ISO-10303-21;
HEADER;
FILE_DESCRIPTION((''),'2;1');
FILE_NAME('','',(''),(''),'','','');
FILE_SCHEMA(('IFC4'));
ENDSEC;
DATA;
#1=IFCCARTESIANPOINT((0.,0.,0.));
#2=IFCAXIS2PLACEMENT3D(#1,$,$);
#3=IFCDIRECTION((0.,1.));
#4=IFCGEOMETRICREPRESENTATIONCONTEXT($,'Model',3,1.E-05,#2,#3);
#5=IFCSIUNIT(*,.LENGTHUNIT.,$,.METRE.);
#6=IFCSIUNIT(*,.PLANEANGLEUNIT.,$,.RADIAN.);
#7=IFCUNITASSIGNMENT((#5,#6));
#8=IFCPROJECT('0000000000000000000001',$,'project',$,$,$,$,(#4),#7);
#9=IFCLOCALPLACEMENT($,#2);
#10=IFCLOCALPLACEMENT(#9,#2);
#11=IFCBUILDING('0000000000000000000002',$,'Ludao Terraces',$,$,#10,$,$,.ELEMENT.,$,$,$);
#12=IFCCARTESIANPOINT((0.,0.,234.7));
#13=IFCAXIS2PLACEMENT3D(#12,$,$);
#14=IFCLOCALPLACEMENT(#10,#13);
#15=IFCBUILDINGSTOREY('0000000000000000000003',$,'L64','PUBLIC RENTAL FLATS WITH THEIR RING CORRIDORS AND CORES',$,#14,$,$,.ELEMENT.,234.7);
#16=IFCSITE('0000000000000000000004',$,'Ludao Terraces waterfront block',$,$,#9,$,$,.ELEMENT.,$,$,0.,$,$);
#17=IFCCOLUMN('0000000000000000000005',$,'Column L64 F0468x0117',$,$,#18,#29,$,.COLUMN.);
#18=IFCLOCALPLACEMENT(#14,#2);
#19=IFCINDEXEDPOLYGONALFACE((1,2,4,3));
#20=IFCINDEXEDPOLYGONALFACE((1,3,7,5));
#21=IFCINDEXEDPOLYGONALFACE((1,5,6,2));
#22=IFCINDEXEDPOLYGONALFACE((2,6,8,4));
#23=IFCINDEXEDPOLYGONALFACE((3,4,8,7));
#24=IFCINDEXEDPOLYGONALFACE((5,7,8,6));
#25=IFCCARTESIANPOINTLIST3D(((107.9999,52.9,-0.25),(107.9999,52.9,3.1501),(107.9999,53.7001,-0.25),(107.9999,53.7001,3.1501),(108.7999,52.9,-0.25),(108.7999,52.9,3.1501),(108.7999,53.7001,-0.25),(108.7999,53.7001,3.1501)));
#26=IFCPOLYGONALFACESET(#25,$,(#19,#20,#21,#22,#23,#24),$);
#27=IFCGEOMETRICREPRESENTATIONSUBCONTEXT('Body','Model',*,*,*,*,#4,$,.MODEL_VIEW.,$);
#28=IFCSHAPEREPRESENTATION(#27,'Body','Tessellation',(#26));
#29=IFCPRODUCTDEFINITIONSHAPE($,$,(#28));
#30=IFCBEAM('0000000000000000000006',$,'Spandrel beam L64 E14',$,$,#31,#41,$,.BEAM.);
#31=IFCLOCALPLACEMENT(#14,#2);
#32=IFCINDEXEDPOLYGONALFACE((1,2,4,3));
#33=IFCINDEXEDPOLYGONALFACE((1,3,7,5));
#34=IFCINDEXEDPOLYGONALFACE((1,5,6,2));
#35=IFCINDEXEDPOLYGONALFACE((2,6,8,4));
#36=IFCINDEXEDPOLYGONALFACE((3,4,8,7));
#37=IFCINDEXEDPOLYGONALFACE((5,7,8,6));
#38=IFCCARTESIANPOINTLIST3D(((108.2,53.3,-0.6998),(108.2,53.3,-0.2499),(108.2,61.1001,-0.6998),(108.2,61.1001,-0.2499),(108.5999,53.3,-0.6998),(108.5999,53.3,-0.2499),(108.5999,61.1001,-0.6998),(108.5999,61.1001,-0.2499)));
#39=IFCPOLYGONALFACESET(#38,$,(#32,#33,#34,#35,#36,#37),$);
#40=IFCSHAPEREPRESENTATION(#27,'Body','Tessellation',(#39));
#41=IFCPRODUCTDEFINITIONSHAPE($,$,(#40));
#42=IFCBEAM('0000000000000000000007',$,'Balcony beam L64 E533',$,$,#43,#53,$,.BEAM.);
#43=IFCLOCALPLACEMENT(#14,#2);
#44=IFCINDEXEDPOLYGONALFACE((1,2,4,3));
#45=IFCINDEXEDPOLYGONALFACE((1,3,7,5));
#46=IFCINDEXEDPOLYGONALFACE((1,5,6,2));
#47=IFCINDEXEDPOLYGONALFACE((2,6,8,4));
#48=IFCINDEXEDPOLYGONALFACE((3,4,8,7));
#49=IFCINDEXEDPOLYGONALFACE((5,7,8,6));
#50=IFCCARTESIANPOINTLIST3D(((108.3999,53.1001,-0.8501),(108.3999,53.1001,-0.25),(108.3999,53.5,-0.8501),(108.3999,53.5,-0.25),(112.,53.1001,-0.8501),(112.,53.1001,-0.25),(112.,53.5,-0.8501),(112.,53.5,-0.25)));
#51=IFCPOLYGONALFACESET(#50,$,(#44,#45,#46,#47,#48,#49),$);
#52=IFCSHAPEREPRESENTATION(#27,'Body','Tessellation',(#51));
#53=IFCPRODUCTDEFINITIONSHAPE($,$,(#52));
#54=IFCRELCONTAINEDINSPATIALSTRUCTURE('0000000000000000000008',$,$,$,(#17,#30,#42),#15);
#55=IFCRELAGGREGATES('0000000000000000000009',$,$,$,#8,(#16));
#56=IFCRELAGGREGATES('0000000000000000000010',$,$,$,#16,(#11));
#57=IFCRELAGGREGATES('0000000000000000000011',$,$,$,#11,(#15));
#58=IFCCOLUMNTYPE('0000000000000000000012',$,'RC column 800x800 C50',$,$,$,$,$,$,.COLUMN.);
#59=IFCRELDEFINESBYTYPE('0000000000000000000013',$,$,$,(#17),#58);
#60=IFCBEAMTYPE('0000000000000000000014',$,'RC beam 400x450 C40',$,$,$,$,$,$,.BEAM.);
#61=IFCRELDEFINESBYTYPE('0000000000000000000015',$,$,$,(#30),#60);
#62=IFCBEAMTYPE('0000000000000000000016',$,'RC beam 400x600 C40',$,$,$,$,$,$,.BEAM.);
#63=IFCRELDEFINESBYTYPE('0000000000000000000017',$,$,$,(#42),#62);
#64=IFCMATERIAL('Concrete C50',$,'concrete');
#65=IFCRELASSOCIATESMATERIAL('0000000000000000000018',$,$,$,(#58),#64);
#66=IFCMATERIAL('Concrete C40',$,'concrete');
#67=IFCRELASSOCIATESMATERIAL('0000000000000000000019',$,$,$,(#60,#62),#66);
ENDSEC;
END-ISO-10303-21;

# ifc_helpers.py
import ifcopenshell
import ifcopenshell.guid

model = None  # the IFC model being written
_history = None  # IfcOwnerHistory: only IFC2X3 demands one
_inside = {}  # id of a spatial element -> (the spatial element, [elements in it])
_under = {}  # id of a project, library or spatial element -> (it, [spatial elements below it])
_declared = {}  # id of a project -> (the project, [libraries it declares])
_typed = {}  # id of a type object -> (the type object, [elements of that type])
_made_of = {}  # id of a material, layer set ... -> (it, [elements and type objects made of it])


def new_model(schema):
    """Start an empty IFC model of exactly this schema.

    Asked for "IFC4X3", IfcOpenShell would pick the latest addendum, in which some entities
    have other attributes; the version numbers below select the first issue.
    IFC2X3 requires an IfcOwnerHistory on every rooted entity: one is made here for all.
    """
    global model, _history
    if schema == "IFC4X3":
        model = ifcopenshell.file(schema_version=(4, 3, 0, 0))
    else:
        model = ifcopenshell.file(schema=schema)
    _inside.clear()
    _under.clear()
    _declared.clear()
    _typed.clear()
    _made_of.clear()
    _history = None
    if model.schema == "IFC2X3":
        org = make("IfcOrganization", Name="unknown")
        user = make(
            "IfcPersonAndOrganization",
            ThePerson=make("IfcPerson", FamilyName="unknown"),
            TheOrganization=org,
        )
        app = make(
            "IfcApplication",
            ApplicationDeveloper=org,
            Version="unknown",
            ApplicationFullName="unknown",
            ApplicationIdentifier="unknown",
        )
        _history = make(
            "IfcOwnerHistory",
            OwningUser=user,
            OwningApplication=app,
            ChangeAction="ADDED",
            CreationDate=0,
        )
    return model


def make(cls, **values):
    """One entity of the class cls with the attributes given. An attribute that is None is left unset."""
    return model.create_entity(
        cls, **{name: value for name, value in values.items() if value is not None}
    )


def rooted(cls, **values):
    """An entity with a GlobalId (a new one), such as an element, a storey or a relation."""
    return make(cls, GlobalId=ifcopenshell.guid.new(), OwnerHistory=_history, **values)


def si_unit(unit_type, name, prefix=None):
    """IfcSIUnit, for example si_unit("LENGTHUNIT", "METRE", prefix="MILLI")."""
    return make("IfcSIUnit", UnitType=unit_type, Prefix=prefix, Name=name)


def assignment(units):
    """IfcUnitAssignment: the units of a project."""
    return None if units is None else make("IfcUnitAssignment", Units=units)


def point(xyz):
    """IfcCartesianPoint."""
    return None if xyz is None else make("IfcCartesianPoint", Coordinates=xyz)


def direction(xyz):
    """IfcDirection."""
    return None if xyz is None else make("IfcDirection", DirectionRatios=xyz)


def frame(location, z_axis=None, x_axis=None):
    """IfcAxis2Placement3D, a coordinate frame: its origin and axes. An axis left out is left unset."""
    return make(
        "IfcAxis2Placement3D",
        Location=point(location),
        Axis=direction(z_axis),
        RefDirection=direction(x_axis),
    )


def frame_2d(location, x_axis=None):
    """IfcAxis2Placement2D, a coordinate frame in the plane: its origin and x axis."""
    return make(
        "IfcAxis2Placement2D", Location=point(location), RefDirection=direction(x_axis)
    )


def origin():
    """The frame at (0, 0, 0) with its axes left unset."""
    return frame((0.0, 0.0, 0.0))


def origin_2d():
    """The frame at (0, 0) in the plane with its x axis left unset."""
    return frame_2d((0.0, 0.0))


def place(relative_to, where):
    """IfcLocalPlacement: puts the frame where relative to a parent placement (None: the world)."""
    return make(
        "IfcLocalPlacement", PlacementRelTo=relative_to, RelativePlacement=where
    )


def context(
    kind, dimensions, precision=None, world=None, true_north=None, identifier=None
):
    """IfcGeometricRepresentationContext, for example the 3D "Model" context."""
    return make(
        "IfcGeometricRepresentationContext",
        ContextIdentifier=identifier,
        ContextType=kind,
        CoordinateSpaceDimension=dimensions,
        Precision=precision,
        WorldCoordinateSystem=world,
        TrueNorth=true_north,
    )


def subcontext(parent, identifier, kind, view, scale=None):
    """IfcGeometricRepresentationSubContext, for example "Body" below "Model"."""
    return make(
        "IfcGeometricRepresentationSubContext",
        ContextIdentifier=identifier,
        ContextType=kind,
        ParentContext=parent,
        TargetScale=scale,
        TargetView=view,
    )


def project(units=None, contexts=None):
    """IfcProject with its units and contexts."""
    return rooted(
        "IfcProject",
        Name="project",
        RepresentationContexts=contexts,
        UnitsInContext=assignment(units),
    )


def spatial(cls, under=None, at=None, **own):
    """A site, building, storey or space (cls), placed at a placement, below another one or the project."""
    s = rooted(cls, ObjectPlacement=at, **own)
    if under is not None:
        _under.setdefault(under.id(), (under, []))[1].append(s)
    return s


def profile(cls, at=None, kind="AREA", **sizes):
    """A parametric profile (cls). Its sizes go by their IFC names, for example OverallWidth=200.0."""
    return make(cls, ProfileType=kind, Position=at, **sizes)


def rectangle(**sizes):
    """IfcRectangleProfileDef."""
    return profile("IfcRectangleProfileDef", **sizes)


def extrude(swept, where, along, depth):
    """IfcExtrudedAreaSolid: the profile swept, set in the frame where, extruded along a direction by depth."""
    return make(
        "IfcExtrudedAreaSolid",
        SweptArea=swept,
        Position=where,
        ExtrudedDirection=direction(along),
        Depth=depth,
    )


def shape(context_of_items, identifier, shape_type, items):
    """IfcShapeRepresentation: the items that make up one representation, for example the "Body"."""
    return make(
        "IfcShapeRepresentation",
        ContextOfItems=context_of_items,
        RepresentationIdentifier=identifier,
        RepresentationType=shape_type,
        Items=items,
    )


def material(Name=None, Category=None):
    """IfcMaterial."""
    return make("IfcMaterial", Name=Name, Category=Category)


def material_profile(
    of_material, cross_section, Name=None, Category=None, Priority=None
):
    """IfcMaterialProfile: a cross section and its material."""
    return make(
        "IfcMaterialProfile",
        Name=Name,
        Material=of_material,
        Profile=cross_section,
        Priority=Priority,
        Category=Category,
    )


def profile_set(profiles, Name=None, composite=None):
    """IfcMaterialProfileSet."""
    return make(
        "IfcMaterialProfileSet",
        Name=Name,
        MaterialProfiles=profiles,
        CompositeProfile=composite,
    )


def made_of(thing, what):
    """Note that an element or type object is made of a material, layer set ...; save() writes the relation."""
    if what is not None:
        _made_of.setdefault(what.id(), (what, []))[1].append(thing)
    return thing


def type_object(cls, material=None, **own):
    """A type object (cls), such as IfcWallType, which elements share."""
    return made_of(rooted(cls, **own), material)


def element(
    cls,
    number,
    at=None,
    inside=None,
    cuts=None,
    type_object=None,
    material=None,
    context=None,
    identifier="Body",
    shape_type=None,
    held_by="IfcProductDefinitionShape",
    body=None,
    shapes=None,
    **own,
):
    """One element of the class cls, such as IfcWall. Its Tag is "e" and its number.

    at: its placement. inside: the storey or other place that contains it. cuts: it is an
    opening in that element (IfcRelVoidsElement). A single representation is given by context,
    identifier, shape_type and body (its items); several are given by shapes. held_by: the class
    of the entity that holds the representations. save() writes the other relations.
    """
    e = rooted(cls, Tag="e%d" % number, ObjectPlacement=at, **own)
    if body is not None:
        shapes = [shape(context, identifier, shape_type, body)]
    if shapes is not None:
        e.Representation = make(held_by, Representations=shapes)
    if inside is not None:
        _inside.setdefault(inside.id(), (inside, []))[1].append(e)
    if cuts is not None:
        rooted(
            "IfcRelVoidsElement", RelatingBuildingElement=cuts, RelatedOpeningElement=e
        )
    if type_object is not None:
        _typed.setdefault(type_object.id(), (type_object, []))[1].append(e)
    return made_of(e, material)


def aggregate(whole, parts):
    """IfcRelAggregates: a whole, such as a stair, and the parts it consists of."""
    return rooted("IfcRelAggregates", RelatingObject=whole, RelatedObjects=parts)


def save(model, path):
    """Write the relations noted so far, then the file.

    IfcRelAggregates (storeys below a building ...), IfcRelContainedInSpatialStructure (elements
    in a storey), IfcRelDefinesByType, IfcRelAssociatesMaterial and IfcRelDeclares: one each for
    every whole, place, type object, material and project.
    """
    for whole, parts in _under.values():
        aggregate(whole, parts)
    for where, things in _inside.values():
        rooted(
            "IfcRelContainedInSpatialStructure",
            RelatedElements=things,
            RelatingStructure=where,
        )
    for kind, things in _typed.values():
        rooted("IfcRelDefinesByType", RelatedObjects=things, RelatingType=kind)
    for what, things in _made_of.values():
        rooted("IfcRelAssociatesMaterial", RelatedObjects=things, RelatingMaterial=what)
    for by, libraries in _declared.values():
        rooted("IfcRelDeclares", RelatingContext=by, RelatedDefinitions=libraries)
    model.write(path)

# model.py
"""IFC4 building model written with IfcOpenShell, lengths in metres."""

from ifc_helpers import new_model, si_unit, direction, frame, origin, origin_2d, place, context, subcontext, project, spatial, rectangle, extrude, material, material_profile, profile_set, type_object, element, save


model = new_model("IFC4")

# Units and contexts
model_context = context("Model", 3, precision=1e-05, world=origin(), true_north=direction((0.0, 1.0)))
body_context = subcontext(model_context, "Body", "Model", "MODEL_VIEW")
ifc_project = project(units=[si_unit("LENGTHUNIT", "METRE"), si_unit("PLANEANGLEUNIT", "RADIAN")], contexts=[model_context])

# Site, building, storey
site_placement = place(None, origin())
site = spatial("IfcSite", under=ifc_project, at=site_placement, Name="Ludao Terraces waterfront block", CompositionType="ELEMENT", RefElevation=0.0)
building_placement = place(site_placement, origin())
building = spatial("IfcBuilding", under=site, at=building_placement, Name="Ludao Terraces", CompositionType="ELEMENT")
storey_placement = place(building_placement, frame((0.0, 0.0, 234.7)))
storey = spatial("IfcBuildingStorey", under=building, at=storey_placement, Name="L64", Description="PUBLIC RENTAL FLATS WITH THEIR RING CORRIDORS AND CORES", CompositionType="ELEMENT", Elevation=234.7)

# Column
ifc_material_1 = material(Name="Concrete C50", Category="concrete")
ifc_material_profile_1 = material_profile(ifc_material_1, rectangle(XDim=0.8, YDim=0.8, at=origin_2d()), Name="800 X 800")
ifc_profile_set_1 = profile_set([ifc_material_profile_1], Name="Concrete C50")
column_type = type_object("IfcColumnType", Name="RC column 800x800 C50", PredefinedType="COLUMN", material=ifc_profile_set_1)
column_placement = place(storey_placement, frame((108.3999, 53.3, -0.25), z_axis=(0.0, 0.0, 1.0), x_axis=(1.0, 0.0, 0.0)))
element("IfcColumn", 1, at=column_placement, inside=storey, type_object=column_type, Name="Column L64 F0468x0117", PredefinedType="COLUMN", context=body_context, shape_type="SweptSolid", body=[
    extrude(rectangle(XDim=0.8, YDim=0.8, at=origin_2d()), origin(), (0.0, 0.0, 1.0), 3.4001),
])

# Beams
ifc_material_2 = material(Name="Concrete C40", Category="concrete")
ifc_material_profile_2 = material_profile(ifc_material_2, rectangle(XDim=0.3999, YDim=0.45, at=origin_2d()), Name="400 X 450")
ifc_profile_set_2 = profile_set([ifc_material_profile_2], Name="Concrete C40")
beam_type_1 = type_object("IfcBeamType", Name="RC beam 400x450 C40", PredefinedType="BEAM", material=ifc_profile_set_2)
beam_1_placement = place(storey_placement, frame((108.3999, 53.3, -0.4749), z_axis=(0.0, 1.0, 0.0), x_axis=(-1.0, 0.0, 0.0)))
element("IfcBeam", 2, at=beam_1_placement, inside=storey, type_object=beam_type_1, Name="Spandrel beam L64 E14", PredefinedType="BEAM", context=body_context, shape_type="SweptSolid", body=[
    extrude(rectangle(XDim=0.3999, YDim=0.45, at=origin_2d()), origin(), (0.0, 0.0, 1.0), 7.8),
])
ifc_material_profile_3 = material_profile(ifc_material_2, rectangle(XDim=0.3999, YDim=0.6001, at=origin_2d()), Name="400 X 600")
ifc_profile_set_3 = profile_set([ifc_material_profile_3], Name="Concrete C40")
beam_type_2 = type_object("IfcBeamType", Name="RC beam 400x600 C40", PredefinedType="BEAM", material=ifc_profile_set_3)
beam_2_placement = place(storey_placement, frame((108.3999, 53.3, -0.55), z_axis=(1.0, 0.0, 0.0), x_axis=(0.0, 1.0, 0.0)))
element("IfcBeam", 3, at=beam_2_placement, inside=storey, type_object=beam_type_2, Name="Balcony beam L64 E533", PredefinedType="BEAM", context=body_context, shape_type="SweptSolid", body=[
    extrude(rectangle(XDim=0.3999, YDim=0.6001, at=origin_2d()), origin(), (0.0, 0.0, 1.0), 3.6001),
])

save(model, "model.ifc")
